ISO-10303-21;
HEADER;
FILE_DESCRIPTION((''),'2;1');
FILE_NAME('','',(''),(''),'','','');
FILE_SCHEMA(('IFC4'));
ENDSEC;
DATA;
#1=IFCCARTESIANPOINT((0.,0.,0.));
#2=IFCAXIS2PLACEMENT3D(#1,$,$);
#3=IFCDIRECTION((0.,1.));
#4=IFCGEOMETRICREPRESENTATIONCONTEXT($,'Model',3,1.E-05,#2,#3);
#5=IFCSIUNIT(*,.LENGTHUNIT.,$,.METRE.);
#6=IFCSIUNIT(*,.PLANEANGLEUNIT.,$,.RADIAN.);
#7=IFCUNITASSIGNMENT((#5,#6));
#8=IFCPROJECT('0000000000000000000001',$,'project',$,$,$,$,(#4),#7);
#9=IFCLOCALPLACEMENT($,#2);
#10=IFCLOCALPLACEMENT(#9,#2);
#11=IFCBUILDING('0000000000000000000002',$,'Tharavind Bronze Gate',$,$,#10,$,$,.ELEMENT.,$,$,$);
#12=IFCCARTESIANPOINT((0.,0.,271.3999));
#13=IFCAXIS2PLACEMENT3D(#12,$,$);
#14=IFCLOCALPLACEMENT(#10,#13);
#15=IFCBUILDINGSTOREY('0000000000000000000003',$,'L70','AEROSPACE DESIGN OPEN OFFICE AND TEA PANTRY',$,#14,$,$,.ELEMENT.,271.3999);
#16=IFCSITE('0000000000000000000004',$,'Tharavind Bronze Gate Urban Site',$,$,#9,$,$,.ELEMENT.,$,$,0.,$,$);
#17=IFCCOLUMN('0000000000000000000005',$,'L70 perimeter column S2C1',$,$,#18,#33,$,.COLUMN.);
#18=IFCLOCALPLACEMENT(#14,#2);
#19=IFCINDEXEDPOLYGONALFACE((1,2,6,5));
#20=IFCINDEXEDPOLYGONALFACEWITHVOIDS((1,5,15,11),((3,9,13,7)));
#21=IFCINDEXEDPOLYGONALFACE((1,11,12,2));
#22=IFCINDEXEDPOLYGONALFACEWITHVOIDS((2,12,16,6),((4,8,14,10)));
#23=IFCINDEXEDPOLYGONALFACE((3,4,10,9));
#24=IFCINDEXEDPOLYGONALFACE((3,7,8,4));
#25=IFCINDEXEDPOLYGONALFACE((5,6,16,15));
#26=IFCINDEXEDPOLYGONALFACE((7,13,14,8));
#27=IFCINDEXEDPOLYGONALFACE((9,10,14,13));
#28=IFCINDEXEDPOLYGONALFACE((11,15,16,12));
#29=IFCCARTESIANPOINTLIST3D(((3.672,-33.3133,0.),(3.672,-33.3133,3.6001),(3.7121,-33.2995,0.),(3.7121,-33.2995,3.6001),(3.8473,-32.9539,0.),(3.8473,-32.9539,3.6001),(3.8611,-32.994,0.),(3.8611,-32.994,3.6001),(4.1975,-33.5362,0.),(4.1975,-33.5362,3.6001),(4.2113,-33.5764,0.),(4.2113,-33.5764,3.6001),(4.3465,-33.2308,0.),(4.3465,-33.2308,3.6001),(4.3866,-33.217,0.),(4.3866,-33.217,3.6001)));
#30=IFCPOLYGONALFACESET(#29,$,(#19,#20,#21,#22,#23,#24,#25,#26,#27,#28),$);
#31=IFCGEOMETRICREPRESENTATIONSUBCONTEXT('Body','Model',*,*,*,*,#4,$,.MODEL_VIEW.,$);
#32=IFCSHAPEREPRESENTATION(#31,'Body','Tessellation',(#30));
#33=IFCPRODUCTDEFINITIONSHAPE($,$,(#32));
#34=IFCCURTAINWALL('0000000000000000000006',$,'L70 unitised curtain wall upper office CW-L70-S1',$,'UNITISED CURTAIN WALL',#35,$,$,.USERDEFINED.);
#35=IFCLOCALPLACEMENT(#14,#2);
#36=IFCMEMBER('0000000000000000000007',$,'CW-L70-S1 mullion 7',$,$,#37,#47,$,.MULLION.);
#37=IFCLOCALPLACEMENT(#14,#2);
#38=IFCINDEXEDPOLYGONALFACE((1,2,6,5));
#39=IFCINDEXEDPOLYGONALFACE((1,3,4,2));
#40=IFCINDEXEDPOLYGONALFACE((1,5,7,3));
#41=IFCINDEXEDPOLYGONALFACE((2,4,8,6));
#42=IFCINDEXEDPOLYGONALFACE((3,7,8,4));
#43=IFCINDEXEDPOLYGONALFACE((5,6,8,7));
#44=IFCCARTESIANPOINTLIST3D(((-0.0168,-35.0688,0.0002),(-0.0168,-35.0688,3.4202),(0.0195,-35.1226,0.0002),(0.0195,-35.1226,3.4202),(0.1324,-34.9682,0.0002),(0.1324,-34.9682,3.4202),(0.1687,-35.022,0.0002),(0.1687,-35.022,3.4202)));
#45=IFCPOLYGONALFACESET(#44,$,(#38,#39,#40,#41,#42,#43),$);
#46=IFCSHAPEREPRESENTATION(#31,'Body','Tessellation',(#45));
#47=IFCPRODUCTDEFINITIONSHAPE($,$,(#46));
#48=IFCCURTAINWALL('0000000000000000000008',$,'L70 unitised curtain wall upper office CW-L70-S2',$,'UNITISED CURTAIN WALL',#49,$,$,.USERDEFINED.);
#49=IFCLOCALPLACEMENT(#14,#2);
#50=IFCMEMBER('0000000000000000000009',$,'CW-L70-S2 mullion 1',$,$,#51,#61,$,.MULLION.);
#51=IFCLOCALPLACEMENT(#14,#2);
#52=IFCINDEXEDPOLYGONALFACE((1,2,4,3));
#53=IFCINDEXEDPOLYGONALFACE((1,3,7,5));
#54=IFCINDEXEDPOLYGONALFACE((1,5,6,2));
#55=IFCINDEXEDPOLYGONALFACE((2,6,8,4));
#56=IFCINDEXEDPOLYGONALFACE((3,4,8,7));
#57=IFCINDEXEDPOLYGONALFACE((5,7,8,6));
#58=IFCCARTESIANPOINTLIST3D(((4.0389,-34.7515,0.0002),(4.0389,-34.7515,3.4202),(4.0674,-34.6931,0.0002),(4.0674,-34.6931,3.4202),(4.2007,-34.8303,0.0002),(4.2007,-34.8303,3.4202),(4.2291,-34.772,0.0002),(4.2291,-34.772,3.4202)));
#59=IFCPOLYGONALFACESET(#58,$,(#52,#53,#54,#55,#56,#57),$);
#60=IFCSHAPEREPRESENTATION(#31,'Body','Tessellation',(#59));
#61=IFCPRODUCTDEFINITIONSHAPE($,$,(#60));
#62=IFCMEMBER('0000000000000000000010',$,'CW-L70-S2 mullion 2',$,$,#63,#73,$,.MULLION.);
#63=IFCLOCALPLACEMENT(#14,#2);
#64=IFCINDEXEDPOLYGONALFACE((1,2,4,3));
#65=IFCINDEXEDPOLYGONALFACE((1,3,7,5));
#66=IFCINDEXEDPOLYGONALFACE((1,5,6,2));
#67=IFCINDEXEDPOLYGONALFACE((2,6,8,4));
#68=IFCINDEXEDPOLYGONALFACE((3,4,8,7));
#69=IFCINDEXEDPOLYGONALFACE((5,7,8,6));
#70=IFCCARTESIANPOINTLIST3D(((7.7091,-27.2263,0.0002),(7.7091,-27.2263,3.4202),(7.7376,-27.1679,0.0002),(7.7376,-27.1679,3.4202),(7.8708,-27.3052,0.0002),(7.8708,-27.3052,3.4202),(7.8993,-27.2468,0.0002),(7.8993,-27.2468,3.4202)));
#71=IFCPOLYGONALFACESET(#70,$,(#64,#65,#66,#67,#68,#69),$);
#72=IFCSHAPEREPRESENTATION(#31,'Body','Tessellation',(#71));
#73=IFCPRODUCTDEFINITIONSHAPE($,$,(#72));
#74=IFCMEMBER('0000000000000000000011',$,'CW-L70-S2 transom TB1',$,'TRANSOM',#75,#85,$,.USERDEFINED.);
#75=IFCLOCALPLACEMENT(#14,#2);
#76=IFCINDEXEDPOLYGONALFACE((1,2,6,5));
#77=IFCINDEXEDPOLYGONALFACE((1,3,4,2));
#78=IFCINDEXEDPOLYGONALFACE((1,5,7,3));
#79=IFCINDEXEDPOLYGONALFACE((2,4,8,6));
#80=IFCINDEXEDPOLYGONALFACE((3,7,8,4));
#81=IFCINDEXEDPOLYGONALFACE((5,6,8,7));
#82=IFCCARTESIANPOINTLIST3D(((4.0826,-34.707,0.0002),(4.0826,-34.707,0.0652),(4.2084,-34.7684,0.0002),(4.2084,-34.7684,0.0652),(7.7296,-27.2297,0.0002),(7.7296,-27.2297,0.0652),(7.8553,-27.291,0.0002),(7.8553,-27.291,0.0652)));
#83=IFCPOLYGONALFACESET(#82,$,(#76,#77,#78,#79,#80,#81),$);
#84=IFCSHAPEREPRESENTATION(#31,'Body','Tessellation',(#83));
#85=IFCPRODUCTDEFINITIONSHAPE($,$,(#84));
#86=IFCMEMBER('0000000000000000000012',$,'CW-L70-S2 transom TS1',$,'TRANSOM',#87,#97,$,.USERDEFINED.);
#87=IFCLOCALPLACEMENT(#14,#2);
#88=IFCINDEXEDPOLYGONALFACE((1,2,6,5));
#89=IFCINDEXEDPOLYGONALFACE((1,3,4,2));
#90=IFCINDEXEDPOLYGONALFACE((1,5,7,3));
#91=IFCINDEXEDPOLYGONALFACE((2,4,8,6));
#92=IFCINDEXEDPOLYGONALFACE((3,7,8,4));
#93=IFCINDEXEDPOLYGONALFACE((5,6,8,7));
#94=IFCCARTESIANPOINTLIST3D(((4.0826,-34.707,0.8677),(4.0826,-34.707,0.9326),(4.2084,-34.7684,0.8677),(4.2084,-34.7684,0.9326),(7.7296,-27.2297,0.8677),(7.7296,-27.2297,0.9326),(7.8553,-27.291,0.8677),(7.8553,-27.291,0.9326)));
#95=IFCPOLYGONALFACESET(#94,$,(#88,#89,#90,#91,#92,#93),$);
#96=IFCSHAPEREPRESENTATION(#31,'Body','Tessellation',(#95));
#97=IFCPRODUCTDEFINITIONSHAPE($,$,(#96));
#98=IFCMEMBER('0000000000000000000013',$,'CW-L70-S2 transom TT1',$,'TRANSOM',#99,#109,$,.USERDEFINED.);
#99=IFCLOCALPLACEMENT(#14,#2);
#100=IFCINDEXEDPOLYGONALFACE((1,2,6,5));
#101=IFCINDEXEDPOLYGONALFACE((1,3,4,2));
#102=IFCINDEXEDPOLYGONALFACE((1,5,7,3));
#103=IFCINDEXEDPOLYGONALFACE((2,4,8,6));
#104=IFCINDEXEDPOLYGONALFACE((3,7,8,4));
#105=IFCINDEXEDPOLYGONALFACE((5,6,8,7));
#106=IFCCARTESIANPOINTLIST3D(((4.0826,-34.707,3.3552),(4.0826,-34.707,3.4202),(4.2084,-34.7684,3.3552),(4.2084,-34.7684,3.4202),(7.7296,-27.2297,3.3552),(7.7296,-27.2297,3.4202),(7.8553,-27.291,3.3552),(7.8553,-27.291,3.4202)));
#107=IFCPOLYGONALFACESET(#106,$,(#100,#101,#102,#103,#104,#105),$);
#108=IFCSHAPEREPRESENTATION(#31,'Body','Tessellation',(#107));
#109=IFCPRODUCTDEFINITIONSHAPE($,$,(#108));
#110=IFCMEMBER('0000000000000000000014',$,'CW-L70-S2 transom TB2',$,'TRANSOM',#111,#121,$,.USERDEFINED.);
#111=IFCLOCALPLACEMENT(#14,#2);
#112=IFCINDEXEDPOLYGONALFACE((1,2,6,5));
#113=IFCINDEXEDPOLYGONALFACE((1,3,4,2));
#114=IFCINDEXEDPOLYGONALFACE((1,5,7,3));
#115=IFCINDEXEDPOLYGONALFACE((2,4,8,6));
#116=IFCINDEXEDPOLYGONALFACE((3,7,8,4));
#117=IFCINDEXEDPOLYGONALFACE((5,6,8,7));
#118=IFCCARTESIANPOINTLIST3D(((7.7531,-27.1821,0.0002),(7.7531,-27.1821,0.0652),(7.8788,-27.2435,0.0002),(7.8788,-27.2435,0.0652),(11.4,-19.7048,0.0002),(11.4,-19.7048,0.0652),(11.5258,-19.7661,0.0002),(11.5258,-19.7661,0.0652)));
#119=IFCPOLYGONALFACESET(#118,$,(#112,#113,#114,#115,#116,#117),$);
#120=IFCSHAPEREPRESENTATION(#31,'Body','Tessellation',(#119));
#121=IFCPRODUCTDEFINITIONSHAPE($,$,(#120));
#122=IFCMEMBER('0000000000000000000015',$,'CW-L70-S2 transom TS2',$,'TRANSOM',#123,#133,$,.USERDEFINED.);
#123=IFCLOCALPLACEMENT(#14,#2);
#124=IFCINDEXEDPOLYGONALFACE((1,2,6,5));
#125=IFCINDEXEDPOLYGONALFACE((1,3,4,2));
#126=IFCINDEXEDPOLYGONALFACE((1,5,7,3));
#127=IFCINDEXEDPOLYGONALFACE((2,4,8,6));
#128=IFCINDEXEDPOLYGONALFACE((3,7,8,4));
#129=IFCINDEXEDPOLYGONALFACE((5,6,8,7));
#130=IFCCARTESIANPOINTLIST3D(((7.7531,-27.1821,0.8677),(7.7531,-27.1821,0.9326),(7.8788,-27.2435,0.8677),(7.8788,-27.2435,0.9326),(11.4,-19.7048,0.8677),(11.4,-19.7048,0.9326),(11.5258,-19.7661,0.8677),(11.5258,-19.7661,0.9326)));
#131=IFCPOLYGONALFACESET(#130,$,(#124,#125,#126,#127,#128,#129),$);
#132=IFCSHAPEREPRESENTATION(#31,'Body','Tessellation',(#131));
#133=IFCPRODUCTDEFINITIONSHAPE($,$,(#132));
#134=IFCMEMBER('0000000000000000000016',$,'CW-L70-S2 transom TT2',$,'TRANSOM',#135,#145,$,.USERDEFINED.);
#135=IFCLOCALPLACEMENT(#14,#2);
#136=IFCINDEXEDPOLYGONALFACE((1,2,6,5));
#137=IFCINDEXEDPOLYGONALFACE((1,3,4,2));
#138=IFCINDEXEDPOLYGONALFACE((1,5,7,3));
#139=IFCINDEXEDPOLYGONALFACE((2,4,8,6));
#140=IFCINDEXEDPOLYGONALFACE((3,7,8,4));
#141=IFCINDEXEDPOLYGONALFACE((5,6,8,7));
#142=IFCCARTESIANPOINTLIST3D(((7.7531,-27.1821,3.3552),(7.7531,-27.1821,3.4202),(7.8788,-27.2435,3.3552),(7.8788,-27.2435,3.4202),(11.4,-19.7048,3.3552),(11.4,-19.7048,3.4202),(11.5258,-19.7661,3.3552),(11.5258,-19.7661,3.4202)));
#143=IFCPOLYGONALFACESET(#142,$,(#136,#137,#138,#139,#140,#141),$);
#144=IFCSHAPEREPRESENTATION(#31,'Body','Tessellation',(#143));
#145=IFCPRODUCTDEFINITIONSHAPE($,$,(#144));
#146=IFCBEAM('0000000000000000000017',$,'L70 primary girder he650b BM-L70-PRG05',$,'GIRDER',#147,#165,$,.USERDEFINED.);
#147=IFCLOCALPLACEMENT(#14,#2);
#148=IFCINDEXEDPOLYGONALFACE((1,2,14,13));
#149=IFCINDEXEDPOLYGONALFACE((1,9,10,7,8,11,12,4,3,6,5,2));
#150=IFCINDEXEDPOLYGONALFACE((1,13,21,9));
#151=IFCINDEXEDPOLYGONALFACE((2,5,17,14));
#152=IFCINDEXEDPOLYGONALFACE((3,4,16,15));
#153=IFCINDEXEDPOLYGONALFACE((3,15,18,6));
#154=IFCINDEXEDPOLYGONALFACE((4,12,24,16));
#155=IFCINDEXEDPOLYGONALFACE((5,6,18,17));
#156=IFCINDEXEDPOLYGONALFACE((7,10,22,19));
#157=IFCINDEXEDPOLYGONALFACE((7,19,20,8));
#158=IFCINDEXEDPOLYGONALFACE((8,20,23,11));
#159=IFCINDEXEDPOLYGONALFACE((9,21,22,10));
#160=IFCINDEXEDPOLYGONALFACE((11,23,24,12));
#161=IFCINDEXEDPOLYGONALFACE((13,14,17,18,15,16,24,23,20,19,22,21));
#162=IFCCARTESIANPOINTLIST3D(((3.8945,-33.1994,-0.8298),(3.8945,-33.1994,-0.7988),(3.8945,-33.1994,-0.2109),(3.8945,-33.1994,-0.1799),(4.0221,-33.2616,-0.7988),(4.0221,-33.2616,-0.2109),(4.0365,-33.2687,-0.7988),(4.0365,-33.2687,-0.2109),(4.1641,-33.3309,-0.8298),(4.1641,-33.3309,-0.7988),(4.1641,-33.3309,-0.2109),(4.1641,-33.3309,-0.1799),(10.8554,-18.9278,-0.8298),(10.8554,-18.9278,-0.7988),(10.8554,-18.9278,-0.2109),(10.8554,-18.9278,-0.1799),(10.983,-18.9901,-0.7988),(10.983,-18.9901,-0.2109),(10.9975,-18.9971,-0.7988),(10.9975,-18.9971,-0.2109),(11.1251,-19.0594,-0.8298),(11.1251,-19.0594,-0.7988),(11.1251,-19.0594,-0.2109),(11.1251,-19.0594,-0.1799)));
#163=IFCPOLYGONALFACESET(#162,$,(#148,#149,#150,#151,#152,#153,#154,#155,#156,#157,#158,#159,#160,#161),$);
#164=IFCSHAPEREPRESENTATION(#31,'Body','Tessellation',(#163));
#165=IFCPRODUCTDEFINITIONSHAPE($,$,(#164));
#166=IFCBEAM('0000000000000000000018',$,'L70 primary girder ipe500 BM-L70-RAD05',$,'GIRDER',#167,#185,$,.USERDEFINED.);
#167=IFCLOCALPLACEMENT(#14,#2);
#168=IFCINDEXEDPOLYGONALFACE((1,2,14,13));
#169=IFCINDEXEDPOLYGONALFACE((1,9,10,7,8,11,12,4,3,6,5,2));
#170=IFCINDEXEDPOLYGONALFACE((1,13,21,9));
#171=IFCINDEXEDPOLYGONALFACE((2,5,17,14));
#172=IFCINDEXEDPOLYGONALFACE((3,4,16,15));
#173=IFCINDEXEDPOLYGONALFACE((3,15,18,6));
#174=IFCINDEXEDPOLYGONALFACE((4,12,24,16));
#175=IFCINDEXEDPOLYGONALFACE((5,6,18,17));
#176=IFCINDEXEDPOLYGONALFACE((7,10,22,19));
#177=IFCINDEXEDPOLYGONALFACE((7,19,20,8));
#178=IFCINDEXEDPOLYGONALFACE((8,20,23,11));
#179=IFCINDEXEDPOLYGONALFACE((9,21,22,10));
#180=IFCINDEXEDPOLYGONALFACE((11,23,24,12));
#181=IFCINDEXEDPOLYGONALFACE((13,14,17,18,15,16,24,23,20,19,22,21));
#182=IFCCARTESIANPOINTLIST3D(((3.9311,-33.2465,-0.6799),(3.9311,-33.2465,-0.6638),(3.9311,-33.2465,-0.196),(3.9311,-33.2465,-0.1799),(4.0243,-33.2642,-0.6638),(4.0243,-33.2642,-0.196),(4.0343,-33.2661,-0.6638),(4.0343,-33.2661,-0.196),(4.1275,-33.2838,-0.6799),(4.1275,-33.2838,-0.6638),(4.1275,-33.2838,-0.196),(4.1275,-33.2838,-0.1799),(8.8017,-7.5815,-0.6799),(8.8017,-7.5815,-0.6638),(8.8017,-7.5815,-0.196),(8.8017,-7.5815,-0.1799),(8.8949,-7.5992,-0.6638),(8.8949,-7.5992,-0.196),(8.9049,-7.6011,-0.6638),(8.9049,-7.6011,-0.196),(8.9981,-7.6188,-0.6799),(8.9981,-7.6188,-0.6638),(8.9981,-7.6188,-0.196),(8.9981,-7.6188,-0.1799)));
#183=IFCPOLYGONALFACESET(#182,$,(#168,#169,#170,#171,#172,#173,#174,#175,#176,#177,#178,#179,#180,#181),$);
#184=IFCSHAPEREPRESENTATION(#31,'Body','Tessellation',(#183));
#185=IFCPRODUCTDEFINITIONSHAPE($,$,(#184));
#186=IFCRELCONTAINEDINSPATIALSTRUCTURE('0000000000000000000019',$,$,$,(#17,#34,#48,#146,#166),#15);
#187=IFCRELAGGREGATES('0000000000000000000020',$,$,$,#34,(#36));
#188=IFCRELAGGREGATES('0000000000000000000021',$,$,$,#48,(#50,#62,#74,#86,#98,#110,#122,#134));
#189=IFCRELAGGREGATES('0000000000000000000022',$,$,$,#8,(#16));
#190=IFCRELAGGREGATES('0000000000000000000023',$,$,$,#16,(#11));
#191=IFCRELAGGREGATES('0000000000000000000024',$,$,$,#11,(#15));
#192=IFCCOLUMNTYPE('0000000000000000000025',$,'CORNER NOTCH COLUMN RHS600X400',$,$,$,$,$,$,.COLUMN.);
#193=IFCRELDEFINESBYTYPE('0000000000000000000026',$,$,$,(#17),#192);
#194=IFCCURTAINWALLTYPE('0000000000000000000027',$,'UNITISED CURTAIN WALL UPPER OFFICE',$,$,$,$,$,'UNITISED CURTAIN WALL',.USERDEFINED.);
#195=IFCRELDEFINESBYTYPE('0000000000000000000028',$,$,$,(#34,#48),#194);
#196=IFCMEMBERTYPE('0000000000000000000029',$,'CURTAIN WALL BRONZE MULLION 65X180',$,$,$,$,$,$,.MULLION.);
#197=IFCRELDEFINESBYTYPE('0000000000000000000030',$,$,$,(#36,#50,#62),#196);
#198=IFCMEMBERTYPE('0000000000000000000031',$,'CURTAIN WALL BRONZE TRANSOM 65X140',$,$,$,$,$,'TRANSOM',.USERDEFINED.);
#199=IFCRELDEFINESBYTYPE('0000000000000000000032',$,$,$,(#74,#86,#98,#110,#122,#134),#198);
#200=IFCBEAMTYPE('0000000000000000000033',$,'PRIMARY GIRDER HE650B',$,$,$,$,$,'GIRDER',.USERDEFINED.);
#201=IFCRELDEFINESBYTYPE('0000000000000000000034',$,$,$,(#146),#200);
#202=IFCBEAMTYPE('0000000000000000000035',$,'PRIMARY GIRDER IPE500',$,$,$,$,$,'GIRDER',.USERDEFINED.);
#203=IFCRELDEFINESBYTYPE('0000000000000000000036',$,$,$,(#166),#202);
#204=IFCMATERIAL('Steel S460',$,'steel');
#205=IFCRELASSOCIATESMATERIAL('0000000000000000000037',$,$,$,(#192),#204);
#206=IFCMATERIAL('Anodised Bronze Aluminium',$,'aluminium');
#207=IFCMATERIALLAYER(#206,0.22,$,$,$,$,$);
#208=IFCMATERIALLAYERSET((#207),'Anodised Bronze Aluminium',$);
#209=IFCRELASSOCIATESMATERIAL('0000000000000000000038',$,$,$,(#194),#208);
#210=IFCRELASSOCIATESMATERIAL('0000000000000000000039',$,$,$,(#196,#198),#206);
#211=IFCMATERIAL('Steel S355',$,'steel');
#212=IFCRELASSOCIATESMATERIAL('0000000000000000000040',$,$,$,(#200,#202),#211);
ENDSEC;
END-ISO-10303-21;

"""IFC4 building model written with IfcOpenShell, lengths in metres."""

from ifc_helpers import new_model, si_unit, direction, frame, origin, origin_2d, place, context, subcontext, project, spatial, rectangle, hollow_rectangle, i_section, extrude, material, layer, layer_set, material_profile, profile_set, type_object, element, aggregate, save


model = new_model("IFC4")

# Units and contexts
model_context = context("Model", 3, precision=1e-05, world=origin(), true_north=direction((0.0, 1.0)))
body_context = subcontext(model_context, "Body", "Model", "MODEL_VIEW")
ifc_project = project(units=[si_unit("LENGTHUNIT", "METRE"), si_unit("PLANEANGLEUNIT", "RADIAN")], contexts=[model_context])

# Site, building, storey
site_placement = place(None, origin())
site = spatial("IfcSite", under=ifc_project, at=site_placement, Name="Tharavind Bronze Gate Urban Site", CompositionType="ELEMENT", RefElevation=0.0)
building_placement = place(site_placement, origin())
building = spatial("IfcBuilding", under=site, at=building_placement, Name="Tharavind Bronze Gate", CompositionType="ELEMENT")
storey_placement = place(building_placement, frame((0.0, 0.0, 271.3999)))
storey = spatial("IfcBuildingStorey", under=building, at=storey_placement, Name="L70", Description="AEROSPACE DESIGN OPEN OFFICE AND TEA PANTRY", CompositionType="ELEMENT", Elevation=271.3999)

# Column
ifc_material_1 = material(Name="Steel S460", Category="steel")
ifc_material_profile_1 = material_profile(ifc_material_1, hollow_rectangle(XDim=0.3999, YDim=0.6001, WallThickness=0.03, at=origin_2d()), Name="RHS600X400X30")
ifc_profile_set_1 = profile_set([ifc_material_profile_1], Name="Steel S460")
column_type = type_object("IfcColumnType", Name="CORNER NOTCH COLUMN RHS600X400", PredefinedType="COLUMN", material=ifc_profile_set_1)
column_placement = place(storey_placement, frame((4.0293, -33.2651, 0.0), z_axis=(0.0, 0.0, 1.0), x_axis=(0.438373, 0.898793, 0.0)))
element("IfcColumn", 1, at=column_placement, inside=storey, type_object=column_type, Name="L70 perimeter column S2C1", PredefinedType="COLUMN", context=body_context, shape_type="SweptSolid", body=[
    extrude(hollow_rectangle(XDim=0.3999, YDim=0.6001, WallThickness=0.03, at=origin_2d()), origin(), (0.0, 0.0, 1.0), 3.6001),
])

# Curtain wall, member
ifc_material_2 = material(Name="Anodised Bronze Aluminium", Category="aluminium")
ifc_layer_1 = layer(ifc_material_2, 0.22)
ifc_layer_set_1 = layer_set([ifc_layer_1], Name="Anodised Bronze Aluminium")
curtain_wall_type = type_object("IfcCurtainWallType", Name="UNITISED CURTAIN WALL UPPER OFFICE", ElementType="UNITISED CURTAIN WALL", PredefinedType="USERDEFINED", material=ifc_layer_set_1)
curtain_wall_1_placement = place(storey_placement, origin())
curtain_wall_1 = element("IfcCurtainWall", 2, at=curtain_wall_1_placement, inside=storey, type_object=curtain_wall_type, Name="L70 unitised curtain wall upper office CW-L70-S1", ObjectType="UNITISED CURTAIN WALL", PredefinedType="USERDEFINED")
member_type_1 = type_object("IfcMemberType", Name="CURTAIN WALL BRONZE MULLION 65X180", PredefinedType="MULLION", material=ifc_material_2)
member_1_placement = place(storey_placement, frame((0.0759, -35.0454, 0.0002), z_axis=(0.0, 0.0, 1.0), x_axis=(0.559191, -0.829039, 0.0)))
member_1 = element("IfcMember", 3, at=member_1_placement, type_object=member_type_1, Name="CW-L70-S1 mullion 7", PredefinedType="MULLION", context=body_context, shape_type="SweptSolid", body=[
    extrude(rectangle(XDim=0.0649, YDim=0.1799, at=origin_2d()), origin(), (0.0, 0.0, 1.0), 3.4199),
])
aggregate(curtain_wall_1, [member_1])

# Curtain wall, members
curtain_wall_2_placement = place(storey_placement, origin())
curtain_wall_2 = element("IfcCurtainWall", 4, at=curtain_wall_2_placement, inside=storey, type_object=curtain_wall_type, Name="L70 unitised curtain wall upper office CW-L70-S2", ObjectType="UNITISED CURTAIN WALL", PredefinedType="USERDEFINED")
member_2_placement = place(storey_placement, frame((4.134, -34.7617, 0.0002), z_axis=(0.0, 0.0, 1.0), x_axis=(0.438373, 0.898793, 0.0)))
member_2 = element("IfcMember", 5, at=member_2_placement, type_object=member_type_1, Name="CW-L70-S2 mullion 1", PredefinedType="MULLION", context=body_context, shape_type="SweptSolid", body=[
    extrude(rectangle(XDim=0.0649, YDim=0.1799, at=origin_2d()), origin(), (0.0, 0.0, 1.0), 3.4199),
])
member_3_placement = place(storey_placement, frame((7.8042, -27.2366, 0.0002), z_axis=(0.0, 0.0, 1.0), x_axis=(0.438373, 0.898793, 0.0)))
member_3 = element("IfcMember", 6, at=member_3_placement, type_object=member_type_1, Name="CW-L70-S2 mullion 2", PredefinedType="MULLION", context=body_context, shape_type="SweptSolid", body=[
    extrude(rectangle(XDim=0.0649, YDim=0.1799, at=origin_2d()), origin(), (0.0, 0.0, 1.0), 3.4199),
])
member_type_2 = type_object("IfcMemberType", Name="CURTAIN WALL BRONZE TRANSOM 65X140", ElementType="TRANSOM", PredefinedType="USERDEFINED", material=ifc_material_2)
member_4_placement = place(storey_placement, frame((5.969, -30.999, 0.0002), z_axis=(0.0, 0.0, 1.0), x_axis=(0.438373, 0.898793, 0.0)))
member_4 = element("IfcMember", 7, at=member_4_placement, type_object=member_type_2, Name="CW-L70-S2 transom TB1", ObjectType="TRANSOM", PredefinedType="USERDEFINED", context=body_context, shape_type="SweptSolid", body=[
    extrude(rectangle(XDim=8.3193, YDim=0.1399, at=origin_2d()), origin(), (0.0, 0.0, 1.0), 0.0649),
])
member_5_placement = place(storey_placement, frame((5.969, -30.999, 0.8677), z_axis=(0.0, 0.0, 1.0), x_axis=(0.438373, 0.898793, 0.0)))
member_5 = element("IfcMember", 8, at=member_5_placement, type_object=member_type_2, Name="CW-L70-S2 transom TS1", ObjectType="TRANSOM", PredefinedType="USERDEFINED", context=body_context, shape_type="SweptSolid", body=[
    extrude(rectangle(XDim=8.3193, YDim=0.1399, at=origin_2d()), origin(), (0.0, 0.0, 1.0), 0.0649),
])
member_6_placement = place(storey_placement, frame((5.969, -30.999, 3.3552), z_axis=(0.0, 0.0, 1.0), x_axis=(0.438373, 0.898793, 0.0)))
member_6 = element("IfcMember", 9, at=member_6_placement, type_object=member_type_2, Name="CW-L70-S2 transom TT1", ObjectType="TRANSOM", PredefinedType="USERDEFINED", context=body_context, shape_type="SweptSolid", body=[
    extrude(rectangle(XDim=8.3193, YDim=0.1399, at=origin_2d()), origin(), (0.0, 0.0, 1.0), 0.0649),
])
member_7_placement = place(storey_placement, frame((9.6394, -23.4741, 0.0002), z_axis=(0.0, 0.0, 1.0), x_axis=(0.438373, 0.898793, 0.0)))
member_7 = element("IfcMember", 10, at=member_7_placement, type_object=member_type_2, Name="CW-L70-S2 transom TB2", ObjectType="TRANSOM", PredefinedType="USERDEFINED", context=body_context, shape_type="SweptSolid", body=[
    extrude(rectangle(XDim=8.3193, YDim=0.1399, at=origin_2d()), origin(), (0.0, 0.0, 1.0), 0.0649),
])
member_8_placement = place(storey_placement, frame((9.6394, -23.4741, 0.8677), z_axis=(0.0, 0.0, 1.0), x_axis=(0.438373, 0.898793, 0.0)))
member_8 = element("IfcMember", 11, at=member_8_placement, type_object=member_type_2, Name="CW-L70-S2 transom TS2", ObjectType="TRANSOM", PredefinedType="USERDEFINED", context=body_context, shape_type="SweptSolid", body=[
    extrude(rectangle(XDim=8.3193, YDim=0.1399, at=origin_2d()), origin(), (0.0, 0.0, 1.0), 0.0649),
])
member_9_placement = place(storey_placement, frame((9.6394, -23.4741, 3.3552), z_axis=(0.0, 0.0, 1.0), x_axis=(0.438373, 0.898793, 0.0)))
member_9 = element("IfcMember", 12, at=member_9_placement, type_object=member_type_2, Name="CW-L70-S2 transom TT2", ObjectType="TRANSOM", PredefinedType="USERDEFINED", context=body_context, shape_type="SweptSolid", body=[
    extrude(rectangle(XDim=8.3193, YDim=0.1399, at=origin_2d()), origin(), (0.0, 0.0, 1.0), 0.0649),
])

# Beams
ifc_material_3 = material(Name="Steel S355", Category="steel")
ifc_material_profile_2 = material_profile(ifc_material_3, i_section(OverallWidth=0.3, OverallDepth=0.6499, WebThickness=0.0161, FlangeThickness=0.031, at=origin_2d()), Name="HE650B")
ifc_profile_set_2 = profile_set([ifc_material_profile_2], Name="Steel S355")
beam_type_1 = type_object("IfcBeamType", Name="PRIMARY GIRDER HE650B", ElementType="GIRDER", PredefinedType="USERDEFINED", material=ifc_profile_set_2)
beam_1_placement = place(storey_placement, frame((4.0293, -33.2651, -0.5049), z_axis=(0.438385, 0.898787, 0.0), x_axis=(-0.898787, 0.438385, 0.0)))
element("IfcBeam", 13, at=beam_1_placement, inside=storey, type_object=beam_type_1, Name="L70 primary girder he650b BM-L70-PRG05", ObjectType="GIRDER", PredefinedType="USERDEFINED", context=body_context, shape_type="SweptSolid", body=[
    extrude(i_section(OverallWidth=0.3, OverallDepth=0.6499, WebThickness=0.0161, FlangeThickness=0.031, at=origin_2d()), origin(), (0.0, 0.0, 1.0), 15.8787),
])
ifc_material_profile_3 = material_profile(ifc_material_3, i_section(OverallWidth=0.2, OverallDepth=0.5, WebThickness=0.0103, FlangeThickness=0.0161, at=origin_2d()), Name="IPE500")
ifc_profile_set_3 = profile_set([ifc_material_profile_3], Name="Steel S355")
beam_type_2 = type_object("IfcBeamType", Name="PRIMARY GIRDER IPE500", ElementType="GIRDER", PredefinedType="USERDEFINED", material=ifc_profile_set_3)
beam_2_placement = place(storey_placement, frame((4.0293, -33.2651, -0.4299), z_axis=(0.186448, 0.982465, 0.0), x_axis=(-0.982465, 0.186448, 0.0)))
element("IfcBeam", 14, at=beam_2_placement, inside=storey, type_object=beam_type_2, Name="L70 primary girder ipe500 BM-L70-RAD05", ObjectType="GIRDER", PredefinedType="USERDEFINED", context=body_context, shape_type="SweptSolid", body=[
    extrude(i_section(OverallWidth=0.2, OverallDepth=0.5, WebThickness=0.0103, FlangeThickness=0.0161, at=origin_2d()), origin(), (0.0, 0.0, 1.0), 26.123),
])

aggregate(curtain_wall_2, [member_2, member_3, member_4, member_5, member_6, member_7, member_8, member_9])

save(model, "model.ifc")
